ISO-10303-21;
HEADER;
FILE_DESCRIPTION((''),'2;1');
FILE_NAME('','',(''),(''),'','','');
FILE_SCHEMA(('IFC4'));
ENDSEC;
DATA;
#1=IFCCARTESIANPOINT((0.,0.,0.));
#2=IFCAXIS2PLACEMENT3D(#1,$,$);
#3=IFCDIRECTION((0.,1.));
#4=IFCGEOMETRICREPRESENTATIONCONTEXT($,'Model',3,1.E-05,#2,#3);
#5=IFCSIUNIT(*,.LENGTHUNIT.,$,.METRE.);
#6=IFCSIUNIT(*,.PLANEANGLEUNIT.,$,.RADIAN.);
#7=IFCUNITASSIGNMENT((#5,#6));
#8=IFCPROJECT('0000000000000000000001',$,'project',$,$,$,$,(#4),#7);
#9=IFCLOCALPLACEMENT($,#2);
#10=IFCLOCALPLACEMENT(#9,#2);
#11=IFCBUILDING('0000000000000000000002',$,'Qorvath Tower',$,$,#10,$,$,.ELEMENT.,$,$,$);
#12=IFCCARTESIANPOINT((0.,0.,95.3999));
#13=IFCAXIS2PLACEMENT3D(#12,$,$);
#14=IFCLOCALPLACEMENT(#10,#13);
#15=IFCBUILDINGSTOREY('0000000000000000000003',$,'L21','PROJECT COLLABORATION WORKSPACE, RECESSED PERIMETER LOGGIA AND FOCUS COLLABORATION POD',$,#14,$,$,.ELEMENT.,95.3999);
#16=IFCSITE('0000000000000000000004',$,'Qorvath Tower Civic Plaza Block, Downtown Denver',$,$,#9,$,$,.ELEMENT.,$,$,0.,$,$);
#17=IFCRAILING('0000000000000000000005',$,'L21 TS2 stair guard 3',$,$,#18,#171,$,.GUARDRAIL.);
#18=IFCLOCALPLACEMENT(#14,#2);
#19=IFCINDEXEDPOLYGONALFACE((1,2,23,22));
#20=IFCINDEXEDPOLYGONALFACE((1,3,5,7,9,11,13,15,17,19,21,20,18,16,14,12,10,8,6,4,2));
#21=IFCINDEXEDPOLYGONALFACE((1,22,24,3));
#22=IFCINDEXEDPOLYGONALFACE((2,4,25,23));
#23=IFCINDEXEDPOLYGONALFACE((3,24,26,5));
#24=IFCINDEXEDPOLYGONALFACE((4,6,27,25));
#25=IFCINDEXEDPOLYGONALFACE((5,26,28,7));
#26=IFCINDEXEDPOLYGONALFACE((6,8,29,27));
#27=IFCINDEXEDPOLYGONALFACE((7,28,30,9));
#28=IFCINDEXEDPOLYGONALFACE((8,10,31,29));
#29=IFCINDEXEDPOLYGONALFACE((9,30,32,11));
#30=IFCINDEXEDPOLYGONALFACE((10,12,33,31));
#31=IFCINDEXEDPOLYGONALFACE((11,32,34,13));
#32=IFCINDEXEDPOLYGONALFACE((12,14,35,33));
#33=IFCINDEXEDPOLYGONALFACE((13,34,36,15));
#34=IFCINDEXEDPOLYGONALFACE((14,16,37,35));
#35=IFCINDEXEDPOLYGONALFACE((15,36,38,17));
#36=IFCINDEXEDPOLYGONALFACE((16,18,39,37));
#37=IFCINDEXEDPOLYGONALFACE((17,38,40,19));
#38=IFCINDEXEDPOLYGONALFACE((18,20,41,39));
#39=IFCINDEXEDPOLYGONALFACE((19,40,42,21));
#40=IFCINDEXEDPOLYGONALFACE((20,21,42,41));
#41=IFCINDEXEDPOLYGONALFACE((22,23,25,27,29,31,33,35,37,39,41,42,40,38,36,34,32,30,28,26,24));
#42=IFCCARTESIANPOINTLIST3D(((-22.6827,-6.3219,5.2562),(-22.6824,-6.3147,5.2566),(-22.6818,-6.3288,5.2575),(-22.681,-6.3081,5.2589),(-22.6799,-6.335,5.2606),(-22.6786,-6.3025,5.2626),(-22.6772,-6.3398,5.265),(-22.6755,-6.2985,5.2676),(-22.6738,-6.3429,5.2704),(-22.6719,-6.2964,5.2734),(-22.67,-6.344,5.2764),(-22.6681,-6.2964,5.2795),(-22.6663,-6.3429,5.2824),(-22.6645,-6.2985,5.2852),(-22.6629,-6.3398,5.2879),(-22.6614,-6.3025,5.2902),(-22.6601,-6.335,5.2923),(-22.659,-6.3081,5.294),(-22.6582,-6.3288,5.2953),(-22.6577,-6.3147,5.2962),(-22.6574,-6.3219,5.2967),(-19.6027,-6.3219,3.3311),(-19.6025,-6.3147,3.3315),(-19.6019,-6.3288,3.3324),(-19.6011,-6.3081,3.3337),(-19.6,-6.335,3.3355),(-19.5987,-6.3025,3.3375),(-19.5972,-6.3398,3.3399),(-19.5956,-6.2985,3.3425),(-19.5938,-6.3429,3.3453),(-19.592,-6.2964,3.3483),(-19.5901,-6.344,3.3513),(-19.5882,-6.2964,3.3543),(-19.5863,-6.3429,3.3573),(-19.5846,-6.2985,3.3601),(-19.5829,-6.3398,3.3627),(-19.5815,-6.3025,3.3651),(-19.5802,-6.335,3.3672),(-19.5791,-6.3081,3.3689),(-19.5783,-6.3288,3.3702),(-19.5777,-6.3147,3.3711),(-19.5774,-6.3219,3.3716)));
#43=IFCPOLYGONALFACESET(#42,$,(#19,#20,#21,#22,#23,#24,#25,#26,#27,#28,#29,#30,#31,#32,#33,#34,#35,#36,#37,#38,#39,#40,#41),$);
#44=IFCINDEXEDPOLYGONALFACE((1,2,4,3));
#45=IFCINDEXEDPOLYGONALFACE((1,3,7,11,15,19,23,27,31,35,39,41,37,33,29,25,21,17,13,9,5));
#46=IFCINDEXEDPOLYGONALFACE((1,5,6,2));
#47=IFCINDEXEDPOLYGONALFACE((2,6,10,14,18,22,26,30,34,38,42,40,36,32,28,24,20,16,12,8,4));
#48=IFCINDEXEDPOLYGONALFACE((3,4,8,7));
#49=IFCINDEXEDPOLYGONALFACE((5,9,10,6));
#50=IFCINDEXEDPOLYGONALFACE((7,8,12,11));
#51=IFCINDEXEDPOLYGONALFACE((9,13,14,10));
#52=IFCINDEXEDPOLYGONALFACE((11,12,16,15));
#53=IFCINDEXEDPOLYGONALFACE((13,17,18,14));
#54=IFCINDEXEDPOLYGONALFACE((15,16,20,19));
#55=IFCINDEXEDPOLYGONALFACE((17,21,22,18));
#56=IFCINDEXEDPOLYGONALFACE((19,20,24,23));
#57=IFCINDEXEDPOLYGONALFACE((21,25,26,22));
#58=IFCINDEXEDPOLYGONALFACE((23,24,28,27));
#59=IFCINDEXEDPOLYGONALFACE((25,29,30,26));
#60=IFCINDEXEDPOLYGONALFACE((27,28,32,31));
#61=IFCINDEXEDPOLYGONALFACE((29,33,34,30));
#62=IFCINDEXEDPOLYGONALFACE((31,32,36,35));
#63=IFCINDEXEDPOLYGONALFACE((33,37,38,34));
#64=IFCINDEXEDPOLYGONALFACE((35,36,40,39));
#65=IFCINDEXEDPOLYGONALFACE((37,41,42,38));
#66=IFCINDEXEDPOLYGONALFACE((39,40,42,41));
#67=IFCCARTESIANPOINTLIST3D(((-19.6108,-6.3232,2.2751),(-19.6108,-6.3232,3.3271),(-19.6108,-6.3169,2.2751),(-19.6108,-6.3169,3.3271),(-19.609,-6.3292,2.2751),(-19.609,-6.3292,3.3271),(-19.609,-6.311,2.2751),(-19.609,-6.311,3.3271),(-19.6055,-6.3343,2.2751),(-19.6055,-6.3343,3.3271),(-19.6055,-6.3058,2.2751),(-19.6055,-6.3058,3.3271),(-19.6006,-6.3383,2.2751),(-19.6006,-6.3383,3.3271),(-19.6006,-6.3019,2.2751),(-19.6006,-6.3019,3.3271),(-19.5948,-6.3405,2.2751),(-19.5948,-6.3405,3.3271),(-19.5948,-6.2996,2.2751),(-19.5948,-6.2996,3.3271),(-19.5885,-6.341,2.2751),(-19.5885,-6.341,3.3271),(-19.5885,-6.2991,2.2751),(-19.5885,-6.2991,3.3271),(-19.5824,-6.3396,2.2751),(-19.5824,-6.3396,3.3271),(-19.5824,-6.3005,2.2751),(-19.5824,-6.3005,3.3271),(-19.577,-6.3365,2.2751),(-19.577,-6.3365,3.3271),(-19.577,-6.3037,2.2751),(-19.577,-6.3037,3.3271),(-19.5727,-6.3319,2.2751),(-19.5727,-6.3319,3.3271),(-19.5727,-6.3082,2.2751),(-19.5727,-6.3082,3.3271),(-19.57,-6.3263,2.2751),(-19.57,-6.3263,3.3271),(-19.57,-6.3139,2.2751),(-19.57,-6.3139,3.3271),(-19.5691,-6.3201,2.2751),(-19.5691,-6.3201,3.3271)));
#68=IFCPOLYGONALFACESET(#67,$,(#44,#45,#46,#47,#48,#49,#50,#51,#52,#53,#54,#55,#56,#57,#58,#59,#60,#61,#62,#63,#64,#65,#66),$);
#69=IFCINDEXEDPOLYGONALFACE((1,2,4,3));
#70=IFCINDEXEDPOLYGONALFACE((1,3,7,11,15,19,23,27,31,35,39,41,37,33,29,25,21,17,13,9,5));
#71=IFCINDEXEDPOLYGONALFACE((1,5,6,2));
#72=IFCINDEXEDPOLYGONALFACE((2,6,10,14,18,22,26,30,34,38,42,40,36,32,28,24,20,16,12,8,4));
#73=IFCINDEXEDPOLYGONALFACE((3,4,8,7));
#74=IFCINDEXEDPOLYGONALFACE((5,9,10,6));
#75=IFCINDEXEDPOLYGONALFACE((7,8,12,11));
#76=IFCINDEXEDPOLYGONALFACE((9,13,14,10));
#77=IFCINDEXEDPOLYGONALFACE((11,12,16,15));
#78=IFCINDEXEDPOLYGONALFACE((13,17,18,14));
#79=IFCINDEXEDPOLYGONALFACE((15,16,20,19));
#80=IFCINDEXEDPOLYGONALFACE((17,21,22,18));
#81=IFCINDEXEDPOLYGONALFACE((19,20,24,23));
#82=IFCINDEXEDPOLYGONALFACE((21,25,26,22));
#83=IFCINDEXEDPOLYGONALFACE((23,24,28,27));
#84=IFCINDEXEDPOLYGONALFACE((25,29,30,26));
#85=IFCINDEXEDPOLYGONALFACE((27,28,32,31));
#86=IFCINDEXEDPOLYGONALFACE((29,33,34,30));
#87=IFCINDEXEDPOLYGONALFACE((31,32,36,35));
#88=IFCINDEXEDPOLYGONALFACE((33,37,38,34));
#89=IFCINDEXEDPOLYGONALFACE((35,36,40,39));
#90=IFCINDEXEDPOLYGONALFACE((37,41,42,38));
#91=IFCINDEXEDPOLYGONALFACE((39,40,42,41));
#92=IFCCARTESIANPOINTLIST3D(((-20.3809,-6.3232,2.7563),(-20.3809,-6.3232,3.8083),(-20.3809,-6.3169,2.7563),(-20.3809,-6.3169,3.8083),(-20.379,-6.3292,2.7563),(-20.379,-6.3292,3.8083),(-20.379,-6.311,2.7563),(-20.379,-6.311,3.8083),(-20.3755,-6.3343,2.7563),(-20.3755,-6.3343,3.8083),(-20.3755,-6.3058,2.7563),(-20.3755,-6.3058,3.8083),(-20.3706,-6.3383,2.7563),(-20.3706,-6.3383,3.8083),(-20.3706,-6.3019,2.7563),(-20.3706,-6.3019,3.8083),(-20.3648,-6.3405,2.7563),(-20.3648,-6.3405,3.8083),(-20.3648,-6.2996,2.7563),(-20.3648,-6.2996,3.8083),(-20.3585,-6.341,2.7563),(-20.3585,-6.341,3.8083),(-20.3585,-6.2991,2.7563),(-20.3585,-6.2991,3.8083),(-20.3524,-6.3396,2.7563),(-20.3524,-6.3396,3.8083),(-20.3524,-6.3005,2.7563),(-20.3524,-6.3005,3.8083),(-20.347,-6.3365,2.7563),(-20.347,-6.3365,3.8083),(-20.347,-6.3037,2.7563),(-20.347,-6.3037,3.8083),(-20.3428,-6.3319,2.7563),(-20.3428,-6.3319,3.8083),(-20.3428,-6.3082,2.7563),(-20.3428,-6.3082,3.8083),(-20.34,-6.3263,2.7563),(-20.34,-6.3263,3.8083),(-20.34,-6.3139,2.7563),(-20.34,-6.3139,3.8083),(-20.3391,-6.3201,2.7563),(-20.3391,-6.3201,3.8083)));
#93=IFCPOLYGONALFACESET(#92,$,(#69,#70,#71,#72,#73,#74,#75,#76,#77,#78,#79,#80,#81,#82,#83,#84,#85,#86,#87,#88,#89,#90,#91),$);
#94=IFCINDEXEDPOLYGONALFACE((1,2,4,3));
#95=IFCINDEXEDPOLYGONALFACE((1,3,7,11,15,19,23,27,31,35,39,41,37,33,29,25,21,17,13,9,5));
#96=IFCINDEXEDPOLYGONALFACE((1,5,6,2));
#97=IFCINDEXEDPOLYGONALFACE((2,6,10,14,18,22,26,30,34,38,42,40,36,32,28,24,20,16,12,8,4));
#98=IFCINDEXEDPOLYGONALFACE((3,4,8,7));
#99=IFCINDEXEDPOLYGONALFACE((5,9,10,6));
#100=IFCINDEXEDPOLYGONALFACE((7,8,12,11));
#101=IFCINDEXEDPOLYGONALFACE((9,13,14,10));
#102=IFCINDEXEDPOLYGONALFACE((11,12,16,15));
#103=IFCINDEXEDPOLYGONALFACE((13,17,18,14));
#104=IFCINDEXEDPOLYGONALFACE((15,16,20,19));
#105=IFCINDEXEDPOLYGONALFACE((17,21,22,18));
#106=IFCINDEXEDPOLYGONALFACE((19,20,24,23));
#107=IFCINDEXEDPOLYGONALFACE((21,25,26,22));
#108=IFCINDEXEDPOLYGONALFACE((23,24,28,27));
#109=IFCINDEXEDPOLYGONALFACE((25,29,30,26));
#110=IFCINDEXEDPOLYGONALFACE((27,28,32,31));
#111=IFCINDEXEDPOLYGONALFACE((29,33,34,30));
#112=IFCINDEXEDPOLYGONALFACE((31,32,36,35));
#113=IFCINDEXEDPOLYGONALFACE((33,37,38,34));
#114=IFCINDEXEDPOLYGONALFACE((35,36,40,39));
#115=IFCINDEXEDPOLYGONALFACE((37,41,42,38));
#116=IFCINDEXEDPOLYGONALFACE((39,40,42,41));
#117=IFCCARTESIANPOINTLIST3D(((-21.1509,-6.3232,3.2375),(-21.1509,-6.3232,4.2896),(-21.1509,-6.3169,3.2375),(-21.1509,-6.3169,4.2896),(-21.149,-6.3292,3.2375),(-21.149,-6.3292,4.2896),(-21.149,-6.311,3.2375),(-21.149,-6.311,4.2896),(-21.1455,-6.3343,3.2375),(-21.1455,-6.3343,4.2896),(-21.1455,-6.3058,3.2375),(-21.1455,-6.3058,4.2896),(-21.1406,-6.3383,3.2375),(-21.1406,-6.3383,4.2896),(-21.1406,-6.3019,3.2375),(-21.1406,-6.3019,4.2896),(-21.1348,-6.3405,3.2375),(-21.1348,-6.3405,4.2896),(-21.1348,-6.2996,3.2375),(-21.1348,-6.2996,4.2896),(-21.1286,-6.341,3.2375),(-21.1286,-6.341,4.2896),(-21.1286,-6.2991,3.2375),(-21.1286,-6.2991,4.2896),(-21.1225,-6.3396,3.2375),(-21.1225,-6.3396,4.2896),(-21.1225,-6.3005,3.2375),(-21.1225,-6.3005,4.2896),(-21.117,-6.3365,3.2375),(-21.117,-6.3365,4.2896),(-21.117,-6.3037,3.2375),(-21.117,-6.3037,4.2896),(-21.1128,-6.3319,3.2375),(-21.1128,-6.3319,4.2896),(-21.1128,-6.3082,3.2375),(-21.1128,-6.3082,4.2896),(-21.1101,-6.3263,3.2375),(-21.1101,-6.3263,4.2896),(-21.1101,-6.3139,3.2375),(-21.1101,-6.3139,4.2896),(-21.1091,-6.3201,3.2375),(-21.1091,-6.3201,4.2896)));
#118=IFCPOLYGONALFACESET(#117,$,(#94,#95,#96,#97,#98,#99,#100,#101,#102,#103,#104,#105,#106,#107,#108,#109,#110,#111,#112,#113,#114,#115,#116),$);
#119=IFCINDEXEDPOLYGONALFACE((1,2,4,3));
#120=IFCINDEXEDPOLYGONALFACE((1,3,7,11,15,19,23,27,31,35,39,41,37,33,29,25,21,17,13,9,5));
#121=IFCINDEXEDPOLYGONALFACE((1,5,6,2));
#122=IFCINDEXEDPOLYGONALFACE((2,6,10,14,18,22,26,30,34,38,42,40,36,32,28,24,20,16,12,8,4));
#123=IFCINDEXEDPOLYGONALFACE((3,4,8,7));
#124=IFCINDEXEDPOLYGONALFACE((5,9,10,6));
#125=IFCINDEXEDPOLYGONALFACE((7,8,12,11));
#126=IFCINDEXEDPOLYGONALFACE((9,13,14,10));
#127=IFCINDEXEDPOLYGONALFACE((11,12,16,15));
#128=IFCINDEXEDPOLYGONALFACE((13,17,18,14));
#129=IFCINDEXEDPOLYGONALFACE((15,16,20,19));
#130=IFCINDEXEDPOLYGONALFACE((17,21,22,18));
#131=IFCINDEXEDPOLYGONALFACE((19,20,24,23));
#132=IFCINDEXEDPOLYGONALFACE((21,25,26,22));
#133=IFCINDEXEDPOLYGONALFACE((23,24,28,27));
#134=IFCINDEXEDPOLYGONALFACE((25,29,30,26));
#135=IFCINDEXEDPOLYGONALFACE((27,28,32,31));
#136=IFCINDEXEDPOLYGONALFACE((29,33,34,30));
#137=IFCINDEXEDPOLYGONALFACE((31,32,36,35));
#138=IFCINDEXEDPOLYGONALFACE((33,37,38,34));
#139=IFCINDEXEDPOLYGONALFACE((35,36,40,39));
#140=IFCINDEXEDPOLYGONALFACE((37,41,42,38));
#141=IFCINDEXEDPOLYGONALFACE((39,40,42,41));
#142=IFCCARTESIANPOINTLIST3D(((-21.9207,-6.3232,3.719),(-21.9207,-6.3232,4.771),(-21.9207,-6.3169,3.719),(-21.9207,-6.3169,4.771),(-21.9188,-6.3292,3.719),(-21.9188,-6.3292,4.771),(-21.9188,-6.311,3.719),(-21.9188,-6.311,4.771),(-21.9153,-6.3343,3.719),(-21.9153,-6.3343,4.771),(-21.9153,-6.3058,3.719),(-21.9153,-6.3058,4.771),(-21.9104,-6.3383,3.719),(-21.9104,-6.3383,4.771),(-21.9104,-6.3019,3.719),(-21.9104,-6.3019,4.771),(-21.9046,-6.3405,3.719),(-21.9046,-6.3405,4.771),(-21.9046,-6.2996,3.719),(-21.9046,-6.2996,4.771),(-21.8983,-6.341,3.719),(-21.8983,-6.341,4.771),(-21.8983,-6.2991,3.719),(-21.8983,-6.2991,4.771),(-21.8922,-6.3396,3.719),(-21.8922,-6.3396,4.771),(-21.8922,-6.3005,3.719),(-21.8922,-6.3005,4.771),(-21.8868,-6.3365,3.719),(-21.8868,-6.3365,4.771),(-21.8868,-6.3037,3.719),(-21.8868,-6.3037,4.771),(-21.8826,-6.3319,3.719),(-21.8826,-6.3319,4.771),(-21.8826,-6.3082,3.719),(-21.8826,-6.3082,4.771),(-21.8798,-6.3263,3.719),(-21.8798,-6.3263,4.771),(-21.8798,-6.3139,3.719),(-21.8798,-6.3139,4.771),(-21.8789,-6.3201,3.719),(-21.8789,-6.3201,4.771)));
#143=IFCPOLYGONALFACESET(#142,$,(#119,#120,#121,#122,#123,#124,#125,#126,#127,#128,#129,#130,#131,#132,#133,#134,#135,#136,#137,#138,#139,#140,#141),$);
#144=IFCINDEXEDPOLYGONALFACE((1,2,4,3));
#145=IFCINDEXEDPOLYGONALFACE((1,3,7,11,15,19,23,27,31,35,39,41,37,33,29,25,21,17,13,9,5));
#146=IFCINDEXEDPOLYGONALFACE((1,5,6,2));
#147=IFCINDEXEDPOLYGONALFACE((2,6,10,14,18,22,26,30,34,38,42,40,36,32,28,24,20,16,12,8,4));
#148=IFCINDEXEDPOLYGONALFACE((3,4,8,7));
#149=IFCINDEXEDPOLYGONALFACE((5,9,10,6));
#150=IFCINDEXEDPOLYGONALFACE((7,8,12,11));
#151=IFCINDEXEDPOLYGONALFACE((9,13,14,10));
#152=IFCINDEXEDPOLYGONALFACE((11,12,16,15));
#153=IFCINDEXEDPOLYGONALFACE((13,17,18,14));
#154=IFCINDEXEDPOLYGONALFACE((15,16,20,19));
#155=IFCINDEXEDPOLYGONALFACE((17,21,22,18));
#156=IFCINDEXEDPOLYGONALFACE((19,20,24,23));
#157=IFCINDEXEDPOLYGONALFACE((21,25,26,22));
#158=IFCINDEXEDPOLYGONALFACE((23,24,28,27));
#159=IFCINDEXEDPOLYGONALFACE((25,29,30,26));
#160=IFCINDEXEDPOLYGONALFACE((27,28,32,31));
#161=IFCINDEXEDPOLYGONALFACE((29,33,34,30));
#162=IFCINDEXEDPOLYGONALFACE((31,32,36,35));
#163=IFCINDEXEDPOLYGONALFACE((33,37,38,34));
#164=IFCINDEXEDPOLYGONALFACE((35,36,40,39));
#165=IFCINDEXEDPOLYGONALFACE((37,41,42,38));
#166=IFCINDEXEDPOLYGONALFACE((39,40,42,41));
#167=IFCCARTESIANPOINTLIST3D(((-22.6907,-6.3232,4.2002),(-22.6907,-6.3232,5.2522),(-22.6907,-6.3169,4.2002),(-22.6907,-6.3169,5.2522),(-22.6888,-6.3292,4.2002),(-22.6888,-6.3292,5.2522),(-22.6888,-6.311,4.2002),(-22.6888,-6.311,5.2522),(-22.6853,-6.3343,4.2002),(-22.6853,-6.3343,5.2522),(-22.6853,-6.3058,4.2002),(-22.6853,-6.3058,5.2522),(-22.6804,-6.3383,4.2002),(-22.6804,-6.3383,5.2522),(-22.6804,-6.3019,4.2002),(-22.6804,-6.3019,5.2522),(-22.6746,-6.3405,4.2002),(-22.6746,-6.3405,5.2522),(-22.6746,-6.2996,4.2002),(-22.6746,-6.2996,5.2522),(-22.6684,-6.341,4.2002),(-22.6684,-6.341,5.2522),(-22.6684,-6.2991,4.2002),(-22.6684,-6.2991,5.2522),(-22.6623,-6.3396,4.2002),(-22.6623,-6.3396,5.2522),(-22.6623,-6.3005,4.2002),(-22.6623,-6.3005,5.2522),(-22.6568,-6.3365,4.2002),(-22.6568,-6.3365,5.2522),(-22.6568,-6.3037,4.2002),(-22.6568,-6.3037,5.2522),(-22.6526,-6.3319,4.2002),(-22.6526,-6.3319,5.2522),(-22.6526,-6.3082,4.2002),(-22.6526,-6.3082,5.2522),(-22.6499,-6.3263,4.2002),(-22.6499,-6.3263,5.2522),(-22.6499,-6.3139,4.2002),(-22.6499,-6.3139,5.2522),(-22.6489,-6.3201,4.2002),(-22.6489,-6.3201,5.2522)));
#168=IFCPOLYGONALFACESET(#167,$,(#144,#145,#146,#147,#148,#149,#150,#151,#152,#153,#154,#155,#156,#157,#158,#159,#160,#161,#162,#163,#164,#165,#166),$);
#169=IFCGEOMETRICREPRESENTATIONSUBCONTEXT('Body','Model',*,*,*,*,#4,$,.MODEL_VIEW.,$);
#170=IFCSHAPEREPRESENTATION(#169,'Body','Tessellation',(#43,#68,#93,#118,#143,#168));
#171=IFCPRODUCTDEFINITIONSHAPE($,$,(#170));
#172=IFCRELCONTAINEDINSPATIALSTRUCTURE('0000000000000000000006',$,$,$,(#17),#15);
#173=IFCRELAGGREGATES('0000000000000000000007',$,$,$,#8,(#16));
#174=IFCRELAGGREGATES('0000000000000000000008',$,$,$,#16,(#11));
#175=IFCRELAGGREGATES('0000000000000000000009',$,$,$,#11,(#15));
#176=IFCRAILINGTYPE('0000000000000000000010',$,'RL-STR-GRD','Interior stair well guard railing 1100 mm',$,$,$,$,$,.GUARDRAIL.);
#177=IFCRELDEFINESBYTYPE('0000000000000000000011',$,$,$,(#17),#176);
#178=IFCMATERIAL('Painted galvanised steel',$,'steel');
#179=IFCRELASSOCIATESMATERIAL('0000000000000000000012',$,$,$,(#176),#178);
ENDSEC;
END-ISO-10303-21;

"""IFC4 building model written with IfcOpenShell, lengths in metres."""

from ifc_helpers import new_model, si_unit, direction, frame, origin, origin_2d, place, context, subcontext, project, spatial, circle, extrude, material, type_object, element, save


model = new_model("IFC4")

# Units and contexts
model_context = context("Model", 3, precision=1e-05, world=origin(), true_north=direction((0.0, 1.0)))
body_context = subcontext(model_context, "Body", "Model", "MODEL_VIEW")
ifc_project = project(units=[si_unit("LENGTHUNIT", "METRE"), si_unit("PLANEANGLEUNIT", "RADIAN")], contexts=[model_context])

# Site, building, storey
site_placement = place(None, origin())
site = spatial("IfcSite", under=ifc_project, at=site_placement, Name="Qorvath Tower Civic Plaza Block, Downtown Denver", CompositionType="ELEMENT", RefElevation=0.0)
building_placement = place(site_placement, origin())
building = spatial("IfcBuilding", under=site, at=building_placement, Name="Qorvath Tower", CompositionType="ELEMENT")
storey_placement = place(building_placement, frame((0.0, 0.0, 95.3999)))
storey = spatial("IfcBuildingStorey", under=building, at=storey_placement, Name="L21", Description="PROJECT COLLABORATION WORKSPACE, RECESSED PERIMETER LOGGIA AND FOCUS COLLABORATION POD", CompositionType="ELEMENT", Elevation=95.3999)

# Railing
ifc_material_1 = material(Name="Painted galvanised steel", Category="steel")
railing_type_1 = type_object("IfcRailingType", Name="RL-STR-GRD", Description="Interior stair well guard railing 1100 mm", PredefinedType="GUARDRAIL", material=ifc_material_1)
railing_1_placement = place(storey_placement, frame((-19.5901, -6.3201, 2.2751)))
element("IfcRailing", 1, at=railing_1_placement, inside=storey, type_object=railing_type_1, Name="L21 TS2 stair guard 3", PredefinedType="GUARDRAIL", context=body_context, shape_type="SweptSolid", body=[
    extrude(circle(Radius=0.0239, at=origin_2d()), frame((0.0, 0.0, 1.0762), z_axis=(-0.847979, 0.0, 0.530029), x_axis=(0.0, -1.0, 0.0)), (0.0, 0.0, 1.0), 3.6321),
    extrude(circle(Radius=0.021, at=origin_2d()), origin(), (0.0, 0.0, 1.0), 1.052),
    extrude(circle(Radius=0.021, at=origin_2d()), frame((-0.77, 0.0, 0.4812)), (0.0, 0.0, 1.0), 1.052),
    extrude(circle(Radius=0.021, at=origin_2d()), frame((-1.54, 0.0, 0.9624)), (0.0, 0.0, 1.0), 1.052),
    extrude(circle(Radius=0.021, at=origin_2d()), frame((-2.3098, 0.0, 1.4438)), (0.0, 0.0, 1.0), 1.052),
    extrude(circle(Radius=0.021, at=origin_2d()), frame((-3.0798, 0.0, 1.925)), (0.0, 0.0, 1.0), 1.052),
])

save(model, "model.ifc")
